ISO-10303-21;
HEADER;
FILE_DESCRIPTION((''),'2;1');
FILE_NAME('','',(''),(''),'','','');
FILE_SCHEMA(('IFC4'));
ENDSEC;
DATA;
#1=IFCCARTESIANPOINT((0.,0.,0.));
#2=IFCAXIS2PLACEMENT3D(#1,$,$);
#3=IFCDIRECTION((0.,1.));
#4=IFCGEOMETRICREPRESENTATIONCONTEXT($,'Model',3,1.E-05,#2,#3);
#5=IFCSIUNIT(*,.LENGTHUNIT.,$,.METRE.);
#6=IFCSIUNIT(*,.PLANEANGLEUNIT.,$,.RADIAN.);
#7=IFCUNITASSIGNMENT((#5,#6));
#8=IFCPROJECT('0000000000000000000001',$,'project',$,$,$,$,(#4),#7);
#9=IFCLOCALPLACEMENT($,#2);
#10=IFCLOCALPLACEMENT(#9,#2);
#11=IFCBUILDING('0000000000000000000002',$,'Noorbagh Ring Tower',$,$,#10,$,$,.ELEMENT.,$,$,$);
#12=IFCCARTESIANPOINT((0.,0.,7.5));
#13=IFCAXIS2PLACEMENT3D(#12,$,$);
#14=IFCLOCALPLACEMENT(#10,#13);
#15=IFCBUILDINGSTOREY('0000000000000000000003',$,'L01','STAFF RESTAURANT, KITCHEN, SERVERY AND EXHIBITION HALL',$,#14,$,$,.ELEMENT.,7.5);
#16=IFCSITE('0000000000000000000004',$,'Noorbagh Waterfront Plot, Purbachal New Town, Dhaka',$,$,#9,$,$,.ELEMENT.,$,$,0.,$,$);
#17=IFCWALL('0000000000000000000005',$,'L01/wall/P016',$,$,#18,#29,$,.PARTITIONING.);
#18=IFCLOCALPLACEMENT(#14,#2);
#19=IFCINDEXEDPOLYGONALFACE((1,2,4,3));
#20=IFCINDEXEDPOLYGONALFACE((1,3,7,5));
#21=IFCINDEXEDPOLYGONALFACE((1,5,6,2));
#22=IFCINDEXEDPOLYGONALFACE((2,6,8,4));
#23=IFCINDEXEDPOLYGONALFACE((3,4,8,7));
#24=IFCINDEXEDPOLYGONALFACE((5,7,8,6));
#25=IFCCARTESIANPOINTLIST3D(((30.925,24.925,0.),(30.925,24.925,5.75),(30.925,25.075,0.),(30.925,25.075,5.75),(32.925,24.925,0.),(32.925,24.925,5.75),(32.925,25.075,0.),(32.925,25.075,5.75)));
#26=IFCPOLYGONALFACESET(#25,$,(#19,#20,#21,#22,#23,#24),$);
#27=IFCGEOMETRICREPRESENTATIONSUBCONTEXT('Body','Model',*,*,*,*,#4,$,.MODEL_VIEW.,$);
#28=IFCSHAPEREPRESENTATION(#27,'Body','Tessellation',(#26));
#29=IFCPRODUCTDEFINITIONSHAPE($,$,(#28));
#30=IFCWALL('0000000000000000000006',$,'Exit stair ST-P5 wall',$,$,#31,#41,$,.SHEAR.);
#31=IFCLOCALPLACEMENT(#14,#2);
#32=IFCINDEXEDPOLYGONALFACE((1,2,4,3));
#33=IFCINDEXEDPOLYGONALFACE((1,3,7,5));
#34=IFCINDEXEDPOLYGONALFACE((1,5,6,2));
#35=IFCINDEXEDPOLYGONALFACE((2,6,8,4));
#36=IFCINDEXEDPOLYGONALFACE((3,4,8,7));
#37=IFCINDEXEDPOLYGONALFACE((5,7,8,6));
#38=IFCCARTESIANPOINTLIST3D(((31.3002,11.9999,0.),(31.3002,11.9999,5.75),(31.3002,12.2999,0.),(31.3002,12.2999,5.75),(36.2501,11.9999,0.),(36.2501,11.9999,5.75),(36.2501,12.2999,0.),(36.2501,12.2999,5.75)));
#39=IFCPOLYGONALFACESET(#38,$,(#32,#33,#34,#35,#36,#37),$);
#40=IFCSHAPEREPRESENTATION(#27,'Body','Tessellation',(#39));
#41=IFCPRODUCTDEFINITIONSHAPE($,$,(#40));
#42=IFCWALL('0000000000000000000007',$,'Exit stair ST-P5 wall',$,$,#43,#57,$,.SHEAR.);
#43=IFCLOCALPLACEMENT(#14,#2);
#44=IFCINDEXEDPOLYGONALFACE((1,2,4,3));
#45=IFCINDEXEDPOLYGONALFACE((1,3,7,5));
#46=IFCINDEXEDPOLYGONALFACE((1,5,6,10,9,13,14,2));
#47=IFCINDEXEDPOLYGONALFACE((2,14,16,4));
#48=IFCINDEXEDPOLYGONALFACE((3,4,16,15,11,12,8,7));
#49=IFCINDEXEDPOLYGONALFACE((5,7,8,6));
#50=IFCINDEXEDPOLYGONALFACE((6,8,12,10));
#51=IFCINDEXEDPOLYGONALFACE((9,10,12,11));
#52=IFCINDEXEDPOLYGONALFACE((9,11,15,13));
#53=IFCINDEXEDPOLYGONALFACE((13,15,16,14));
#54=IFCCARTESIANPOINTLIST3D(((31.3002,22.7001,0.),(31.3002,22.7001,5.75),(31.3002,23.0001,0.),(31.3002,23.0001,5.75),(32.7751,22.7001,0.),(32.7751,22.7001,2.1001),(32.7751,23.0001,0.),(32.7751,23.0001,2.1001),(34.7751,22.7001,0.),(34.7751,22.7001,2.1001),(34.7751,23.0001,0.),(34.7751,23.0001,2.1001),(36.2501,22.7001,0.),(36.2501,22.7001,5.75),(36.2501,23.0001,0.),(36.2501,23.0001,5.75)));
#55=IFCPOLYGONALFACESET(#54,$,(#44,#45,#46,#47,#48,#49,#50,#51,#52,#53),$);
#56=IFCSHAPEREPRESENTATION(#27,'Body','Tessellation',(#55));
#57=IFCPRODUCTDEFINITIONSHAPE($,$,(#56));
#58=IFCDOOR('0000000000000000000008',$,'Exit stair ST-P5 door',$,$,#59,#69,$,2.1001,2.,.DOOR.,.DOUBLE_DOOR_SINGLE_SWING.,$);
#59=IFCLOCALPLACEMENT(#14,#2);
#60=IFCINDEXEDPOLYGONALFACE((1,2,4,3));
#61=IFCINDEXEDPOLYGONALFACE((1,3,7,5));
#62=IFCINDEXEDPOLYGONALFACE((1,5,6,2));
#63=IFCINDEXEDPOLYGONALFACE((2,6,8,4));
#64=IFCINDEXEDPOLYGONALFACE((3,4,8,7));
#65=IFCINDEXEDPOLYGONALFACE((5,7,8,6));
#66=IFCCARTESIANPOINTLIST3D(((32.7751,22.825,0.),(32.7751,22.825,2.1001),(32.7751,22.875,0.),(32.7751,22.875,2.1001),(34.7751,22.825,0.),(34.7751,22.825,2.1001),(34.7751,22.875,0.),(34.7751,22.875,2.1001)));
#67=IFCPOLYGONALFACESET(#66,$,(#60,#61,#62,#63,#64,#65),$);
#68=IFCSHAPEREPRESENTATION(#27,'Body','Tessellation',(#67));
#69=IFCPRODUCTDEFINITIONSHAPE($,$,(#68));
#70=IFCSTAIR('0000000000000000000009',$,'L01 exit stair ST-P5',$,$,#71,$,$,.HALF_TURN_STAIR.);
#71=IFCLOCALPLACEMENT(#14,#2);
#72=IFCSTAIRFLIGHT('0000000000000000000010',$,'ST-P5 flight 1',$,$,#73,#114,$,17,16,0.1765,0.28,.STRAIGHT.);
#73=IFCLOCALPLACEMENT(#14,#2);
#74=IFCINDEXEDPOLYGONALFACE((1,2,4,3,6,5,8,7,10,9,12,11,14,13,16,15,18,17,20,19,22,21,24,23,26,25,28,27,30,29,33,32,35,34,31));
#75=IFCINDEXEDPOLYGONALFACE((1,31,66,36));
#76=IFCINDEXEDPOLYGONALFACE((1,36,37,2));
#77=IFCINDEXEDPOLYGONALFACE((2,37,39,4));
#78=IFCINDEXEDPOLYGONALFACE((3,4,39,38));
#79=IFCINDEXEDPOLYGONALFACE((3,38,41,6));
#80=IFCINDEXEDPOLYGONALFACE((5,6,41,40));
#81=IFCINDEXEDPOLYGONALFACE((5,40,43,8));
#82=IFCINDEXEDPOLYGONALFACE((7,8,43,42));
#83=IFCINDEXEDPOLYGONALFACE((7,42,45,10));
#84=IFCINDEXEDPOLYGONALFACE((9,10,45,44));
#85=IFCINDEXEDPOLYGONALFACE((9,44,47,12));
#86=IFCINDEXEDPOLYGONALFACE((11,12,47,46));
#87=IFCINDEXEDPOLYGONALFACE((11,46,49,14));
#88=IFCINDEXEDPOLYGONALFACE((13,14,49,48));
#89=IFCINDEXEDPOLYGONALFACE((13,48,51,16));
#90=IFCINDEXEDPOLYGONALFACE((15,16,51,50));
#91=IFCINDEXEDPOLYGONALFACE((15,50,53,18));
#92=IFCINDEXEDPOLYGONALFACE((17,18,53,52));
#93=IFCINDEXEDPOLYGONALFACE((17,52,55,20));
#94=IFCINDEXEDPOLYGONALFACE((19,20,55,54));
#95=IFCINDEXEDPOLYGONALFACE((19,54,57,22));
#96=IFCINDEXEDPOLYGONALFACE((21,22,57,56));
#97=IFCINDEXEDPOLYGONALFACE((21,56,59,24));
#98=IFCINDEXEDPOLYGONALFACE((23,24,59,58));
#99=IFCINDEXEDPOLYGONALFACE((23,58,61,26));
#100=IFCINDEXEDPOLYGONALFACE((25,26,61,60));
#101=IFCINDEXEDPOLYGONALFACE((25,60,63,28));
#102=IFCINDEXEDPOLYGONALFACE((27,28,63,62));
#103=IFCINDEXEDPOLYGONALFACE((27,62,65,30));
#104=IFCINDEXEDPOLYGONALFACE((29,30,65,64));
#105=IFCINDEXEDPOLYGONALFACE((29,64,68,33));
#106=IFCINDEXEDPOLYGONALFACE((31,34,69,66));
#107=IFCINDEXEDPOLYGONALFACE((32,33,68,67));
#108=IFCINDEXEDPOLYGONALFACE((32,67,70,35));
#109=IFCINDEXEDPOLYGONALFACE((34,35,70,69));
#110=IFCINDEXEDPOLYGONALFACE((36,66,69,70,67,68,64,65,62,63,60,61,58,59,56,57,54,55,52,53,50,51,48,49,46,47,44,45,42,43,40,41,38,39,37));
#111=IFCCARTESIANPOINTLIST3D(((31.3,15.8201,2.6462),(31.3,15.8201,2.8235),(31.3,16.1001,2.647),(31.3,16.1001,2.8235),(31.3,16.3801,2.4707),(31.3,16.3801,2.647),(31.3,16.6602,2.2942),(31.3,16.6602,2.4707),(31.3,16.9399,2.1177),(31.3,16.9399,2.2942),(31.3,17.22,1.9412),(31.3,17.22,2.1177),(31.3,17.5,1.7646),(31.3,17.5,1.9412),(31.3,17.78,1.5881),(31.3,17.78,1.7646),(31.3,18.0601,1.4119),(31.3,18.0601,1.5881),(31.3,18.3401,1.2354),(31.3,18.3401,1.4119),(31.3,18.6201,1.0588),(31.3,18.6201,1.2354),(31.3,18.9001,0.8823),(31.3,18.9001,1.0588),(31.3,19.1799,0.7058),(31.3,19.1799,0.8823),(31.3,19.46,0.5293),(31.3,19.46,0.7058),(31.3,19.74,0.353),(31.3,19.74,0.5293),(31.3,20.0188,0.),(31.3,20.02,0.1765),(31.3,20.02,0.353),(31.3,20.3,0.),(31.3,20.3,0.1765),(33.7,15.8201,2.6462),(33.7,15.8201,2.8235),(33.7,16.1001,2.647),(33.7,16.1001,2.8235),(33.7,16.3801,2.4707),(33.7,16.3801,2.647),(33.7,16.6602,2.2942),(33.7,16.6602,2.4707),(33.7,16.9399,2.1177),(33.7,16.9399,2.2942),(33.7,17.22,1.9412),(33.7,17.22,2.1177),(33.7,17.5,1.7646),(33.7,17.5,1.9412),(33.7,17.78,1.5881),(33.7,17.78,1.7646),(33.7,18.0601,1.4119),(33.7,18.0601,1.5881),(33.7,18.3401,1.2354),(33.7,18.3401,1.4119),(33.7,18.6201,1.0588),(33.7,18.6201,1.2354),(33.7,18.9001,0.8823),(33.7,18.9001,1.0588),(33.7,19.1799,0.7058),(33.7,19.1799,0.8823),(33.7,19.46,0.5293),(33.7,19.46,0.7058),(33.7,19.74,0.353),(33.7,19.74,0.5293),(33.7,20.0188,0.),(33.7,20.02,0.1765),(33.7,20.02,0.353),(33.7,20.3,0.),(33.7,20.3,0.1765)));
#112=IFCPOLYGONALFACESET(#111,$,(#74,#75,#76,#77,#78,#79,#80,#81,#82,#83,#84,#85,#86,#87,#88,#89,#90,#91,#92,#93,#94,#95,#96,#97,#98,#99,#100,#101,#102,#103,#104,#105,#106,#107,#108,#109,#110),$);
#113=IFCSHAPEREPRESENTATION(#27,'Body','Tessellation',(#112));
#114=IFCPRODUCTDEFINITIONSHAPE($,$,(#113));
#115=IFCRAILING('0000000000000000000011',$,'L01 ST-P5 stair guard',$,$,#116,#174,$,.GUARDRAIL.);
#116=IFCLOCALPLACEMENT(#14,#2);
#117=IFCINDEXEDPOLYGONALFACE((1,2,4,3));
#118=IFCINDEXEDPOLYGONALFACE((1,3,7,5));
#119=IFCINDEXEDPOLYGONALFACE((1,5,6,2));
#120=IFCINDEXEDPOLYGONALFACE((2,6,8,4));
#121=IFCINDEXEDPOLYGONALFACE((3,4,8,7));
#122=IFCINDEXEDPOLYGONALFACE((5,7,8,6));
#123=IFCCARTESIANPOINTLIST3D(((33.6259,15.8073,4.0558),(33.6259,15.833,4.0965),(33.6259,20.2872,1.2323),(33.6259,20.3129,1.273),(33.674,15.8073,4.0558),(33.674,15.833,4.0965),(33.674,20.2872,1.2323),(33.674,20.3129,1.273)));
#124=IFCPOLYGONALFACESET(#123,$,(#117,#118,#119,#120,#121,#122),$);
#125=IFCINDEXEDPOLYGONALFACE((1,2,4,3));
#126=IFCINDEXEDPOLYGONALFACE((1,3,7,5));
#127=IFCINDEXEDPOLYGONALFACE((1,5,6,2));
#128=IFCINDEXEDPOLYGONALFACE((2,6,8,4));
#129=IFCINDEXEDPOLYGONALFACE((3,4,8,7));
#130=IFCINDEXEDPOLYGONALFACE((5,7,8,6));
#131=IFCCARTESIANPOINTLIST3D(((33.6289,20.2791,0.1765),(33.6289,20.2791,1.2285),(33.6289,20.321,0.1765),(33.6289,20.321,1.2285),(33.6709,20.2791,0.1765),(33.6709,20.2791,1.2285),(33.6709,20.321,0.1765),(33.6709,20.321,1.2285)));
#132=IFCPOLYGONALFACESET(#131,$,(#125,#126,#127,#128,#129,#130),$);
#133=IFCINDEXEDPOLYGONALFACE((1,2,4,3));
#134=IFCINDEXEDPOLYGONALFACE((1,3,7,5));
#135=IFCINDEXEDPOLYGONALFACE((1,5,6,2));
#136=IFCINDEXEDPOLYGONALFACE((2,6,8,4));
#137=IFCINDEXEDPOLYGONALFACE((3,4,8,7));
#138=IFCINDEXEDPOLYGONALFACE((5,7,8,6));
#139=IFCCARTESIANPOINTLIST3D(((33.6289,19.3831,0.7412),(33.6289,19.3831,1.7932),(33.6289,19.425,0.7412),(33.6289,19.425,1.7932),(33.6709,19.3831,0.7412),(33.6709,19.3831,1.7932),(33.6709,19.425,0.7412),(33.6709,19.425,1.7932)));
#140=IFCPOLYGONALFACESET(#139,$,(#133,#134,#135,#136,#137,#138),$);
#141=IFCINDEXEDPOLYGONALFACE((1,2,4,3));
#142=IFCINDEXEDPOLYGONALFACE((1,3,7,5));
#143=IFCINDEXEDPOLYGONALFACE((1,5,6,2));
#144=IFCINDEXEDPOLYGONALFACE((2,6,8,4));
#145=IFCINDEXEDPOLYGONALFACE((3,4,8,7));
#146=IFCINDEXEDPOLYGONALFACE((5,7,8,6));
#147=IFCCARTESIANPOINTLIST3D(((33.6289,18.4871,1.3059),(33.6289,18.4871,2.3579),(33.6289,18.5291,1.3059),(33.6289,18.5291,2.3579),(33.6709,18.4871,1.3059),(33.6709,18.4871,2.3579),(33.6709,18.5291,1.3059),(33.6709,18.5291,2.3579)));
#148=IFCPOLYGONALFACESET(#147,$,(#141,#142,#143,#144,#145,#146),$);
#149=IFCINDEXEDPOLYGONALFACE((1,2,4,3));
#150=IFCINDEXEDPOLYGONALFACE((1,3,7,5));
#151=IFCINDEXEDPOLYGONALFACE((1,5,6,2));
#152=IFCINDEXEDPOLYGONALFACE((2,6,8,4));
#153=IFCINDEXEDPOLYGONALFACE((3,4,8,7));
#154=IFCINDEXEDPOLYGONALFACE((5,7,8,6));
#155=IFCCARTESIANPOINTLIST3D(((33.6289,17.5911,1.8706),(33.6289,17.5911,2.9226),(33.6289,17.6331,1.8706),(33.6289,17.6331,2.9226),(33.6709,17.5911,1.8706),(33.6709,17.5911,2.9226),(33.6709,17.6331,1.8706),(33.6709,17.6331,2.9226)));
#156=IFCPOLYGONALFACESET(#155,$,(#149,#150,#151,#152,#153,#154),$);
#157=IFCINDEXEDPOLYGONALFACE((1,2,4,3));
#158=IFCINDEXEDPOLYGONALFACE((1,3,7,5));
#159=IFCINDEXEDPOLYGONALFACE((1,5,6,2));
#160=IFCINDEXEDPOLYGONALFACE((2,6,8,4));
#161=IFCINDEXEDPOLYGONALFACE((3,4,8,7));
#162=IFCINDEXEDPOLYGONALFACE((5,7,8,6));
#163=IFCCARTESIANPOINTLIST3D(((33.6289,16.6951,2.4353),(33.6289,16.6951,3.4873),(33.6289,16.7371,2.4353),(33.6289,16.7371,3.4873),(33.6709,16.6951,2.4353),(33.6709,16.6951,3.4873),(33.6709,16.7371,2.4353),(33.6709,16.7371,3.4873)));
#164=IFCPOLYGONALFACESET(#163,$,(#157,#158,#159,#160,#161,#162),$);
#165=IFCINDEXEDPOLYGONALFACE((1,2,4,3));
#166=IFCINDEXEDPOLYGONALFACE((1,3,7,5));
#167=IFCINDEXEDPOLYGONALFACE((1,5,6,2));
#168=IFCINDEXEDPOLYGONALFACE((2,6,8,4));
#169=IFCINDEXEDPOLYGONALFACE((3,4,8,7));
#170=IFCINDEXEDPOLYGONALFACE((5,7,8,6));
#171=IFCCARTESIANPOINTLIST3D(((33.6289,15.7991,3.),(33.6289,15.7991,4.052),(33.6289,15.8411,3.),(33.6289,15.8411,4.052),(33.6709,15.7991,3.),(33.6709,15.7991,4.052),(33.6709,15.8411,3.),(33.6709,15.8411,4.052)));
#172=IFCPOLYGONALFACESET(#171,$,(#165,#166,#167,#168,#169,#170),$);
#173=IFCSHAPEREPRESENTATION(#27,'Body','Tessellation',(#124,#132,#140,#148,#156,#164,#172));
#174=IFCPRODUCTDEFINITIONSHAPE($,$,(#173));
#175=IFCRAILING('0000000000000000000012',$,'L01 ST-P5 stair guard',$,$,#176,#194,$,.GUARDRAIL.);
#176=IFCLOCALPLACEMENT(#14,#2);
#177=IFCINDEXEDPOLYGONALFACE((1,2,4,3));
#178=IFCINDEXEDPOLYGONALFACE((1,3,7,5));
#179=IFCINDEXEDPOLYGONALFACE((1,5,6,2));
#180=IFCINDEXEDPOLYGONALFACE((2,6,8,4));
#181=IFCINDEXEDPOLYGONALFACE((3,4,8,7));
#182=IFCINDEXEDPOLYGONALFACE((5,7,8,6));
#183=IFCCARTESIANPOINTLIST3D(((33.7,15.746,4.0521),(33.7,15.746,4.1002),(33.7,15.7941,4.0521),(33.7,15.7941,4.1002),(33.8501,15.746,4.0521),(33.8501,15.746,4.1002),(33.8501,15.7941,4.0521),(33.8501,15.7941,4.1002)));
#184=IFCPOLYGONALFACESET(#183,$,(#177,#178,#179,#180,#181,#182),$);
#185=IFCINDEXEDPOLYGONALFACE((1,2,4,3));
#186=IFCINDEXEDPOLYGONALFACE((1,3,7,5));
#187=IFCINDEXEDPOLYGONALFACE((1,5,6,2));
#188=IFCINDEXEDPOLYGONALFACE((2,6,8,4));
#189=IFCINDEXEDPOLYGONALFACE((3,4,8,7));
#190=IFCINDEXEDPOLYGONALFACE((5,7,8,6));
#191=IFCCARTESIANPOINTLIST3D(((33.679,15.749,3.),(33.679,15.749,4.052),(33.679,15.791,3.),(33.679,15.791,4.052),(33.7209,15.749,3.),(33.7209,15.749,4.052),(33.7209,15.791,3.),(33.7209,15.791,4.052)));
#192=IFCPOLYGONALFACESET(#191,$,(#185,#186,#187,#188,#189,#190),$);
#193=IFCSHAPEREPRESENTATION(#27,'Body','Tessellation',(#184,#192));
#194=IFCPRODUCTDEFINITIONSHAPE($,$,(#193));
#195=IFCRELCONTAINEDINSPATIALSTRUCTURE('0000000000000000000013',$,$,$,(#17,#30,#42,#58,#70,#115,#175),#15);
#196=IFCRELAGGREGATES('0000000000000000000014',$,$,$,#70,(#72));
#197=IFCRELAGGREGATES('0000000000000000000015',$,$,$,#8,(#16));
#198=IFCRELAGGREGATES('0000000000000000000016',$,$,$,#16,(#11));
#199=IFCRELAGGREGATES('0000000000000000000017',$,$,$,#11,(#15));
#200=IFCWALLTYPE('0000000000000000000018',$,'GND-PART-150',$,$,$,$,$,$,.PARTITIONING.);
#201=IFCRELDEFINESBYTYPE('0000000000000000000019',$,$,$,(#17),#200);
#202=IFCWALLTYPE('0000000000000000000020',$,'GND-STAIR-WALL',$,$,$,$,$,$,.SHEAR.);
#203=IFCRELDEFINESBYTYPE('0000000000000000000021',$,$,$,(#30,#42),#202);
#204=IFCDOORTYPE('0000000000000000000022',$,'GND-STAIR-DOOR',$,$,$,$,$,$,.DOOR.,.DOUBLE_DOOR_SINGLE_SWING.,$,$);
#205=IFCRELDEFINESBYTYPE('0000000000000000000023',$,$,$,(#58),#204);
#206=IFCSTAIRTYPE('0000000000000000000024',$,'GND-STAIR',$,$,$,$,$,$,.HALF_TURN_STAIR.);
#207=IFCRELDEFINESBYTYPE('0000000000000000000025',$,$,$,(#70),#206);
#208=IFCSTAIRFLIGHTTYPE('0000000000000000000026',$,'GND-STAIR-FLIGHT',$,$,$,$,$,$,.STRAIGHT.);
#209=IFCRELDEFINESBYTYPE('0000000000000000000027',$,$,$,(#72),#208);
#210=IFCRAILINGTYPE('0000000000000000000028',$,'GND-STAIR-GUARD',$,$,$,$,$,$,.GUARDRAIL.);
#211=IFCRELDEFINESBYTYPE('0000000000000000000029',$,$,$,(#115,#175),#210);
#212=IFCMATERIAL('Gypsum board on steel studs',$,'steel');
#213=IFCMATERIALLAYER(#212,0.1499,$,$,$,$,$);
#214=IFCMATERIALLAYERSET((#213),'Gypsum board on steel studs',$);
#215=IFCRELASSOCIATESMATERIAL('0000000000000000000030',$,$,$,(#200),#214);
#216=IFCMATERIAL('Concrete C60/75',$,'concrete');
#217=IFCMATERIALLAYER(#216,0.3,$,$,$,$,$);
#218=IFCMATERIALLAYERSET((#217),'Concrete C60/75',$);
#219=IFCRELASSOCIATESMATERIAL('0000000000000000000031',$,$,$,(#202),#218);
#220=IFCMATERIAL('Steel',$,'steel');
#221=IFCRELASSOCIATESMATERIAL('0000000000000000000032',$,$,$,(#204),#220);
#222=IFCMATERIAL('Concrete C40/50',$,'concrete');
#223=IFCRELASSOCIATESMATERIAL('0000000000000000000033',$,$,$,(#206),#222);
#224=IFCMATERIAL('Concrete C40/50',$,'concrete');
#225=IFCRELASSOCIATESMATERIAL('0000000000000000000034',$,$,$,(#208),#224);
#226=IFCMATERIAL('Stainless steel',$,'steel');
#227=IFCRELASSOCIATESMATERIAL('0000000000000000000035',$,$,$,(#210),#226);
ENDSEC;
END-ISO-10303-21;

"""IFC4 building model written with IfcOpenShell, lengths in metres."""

from ifc_helpers import new_model, si_unit, direction, frame, frame_2d, origin, origin_2d, place, context, subcontext, project, spatial, polyline, rectangle, outline, extrude, material, layer, layer_set, type_object, element, fill, aggregate, save


model = new_model("IFC4")

# Units and contexts
model_context = context("Model", 3, precision=1e-05, world=origin(), true_north=direction((0.0, 1.0)))
body_context = subcontext(model_context, "Body", "Model", "MODEL_VIEW")
ifc_project = project(units=[si_unit("LENGTHUNIT", "METRE"), si_unit("PLANEANGLEUNIT", "RADIAN")], contexts=[model_context])

# Site, building, storey
site_placement = place(None, origin())
site = spatial("IfcSite", under=ifc_project, at=site_placement, Name="Noorbagh Waterfront Plot, Purbachal New Town, Dhaka", CompositionType="ELEMENT", RefElevation=0.0)
building_placement = place(site_placement, origin())
building = spatial("IfcBuilding", under=site, at=building_placement, Name="Noorbagh Ring Tower", CompositionType="ELEMENT")
storey_placement = place(building_placement, frame((0.0, 0.0, 7.5)))
storey = spatial("IfcBuildingStorey", under=building, at=storey_placement, Name="L01", Description="STAFF RESTAURANT, KITCHEN, SERVERY AND EXHIBITION HALL", CompositionType="ELEMENT", Elevation=7.5)

# Shared definitions
ifc_material_1 = material(Name="Gypsum board on steel studs", Category="steel")
ifc_layer_1 = layer(ifc_material_1, 0.1499)
ifc_layer_set_1 = layer_set([ifc_layer_1], Name="Gypsum board on steel studs")
wall_type_1 = type_object("IfcWallType", Name="GND-PART-150", PredefinedType="PARTITIONING", material=ifc_layer_set_1)

# Walls
wall_1_placement = place(storey_placement, frame((32.925, 25.0, 0.0), z_axis=(0.0, 0.0, 1.0), x_axis=(-1.0, 0.0, 0.0)))
element("IfcWall", 1, at=wall_1_placement, inside=storey, type_object=wall_type_1, Name="L01/wall/P016", PredefinedType="PARTITIONING", context=body_context, shape_type="SweptSolid", body=[
    extrude(rectangle(XDim=2.0, YDim=0.1499, at=frame_2d((1.0, 0.0))), origin(), (0.0, 0.0, 1.0), 5.75),
])
ifc_material_2 = material(Name="Concrete C60/75", Category="concrete")
ifc_layer_2 = layer(ifc_material_2, 0.3)
ifc_layer_set_2 = layer_set([ifc_layer_2], Name="Concrete C60/75")
wall_type_2 = type_object("IfcWallType", Name="GND-STAIR-WALL", PredefinedType="SHEAR", material=ifc_layer_set_2)
wall_2_placement = place(storey_placement, frame((31.3, 12.1499, 0.0), z_axis=(0.0, 0.0, 1.0), x_axis=(1.0, 0.0, 0.0)))
element("IfcWall", 2, at=wall_2_placement, inside=storey, type_object=wall_type_2, Name="Exit stair ST-P5 wall", PredefinedType="SHEAR", context=body_context, shape_type="SweptSolid", body=[
    extrude(rectangle(XDim=4.95, YDim=0.3, at=frame_2d((2.4751, 0.0))), origin(), (0.0, 0.0, 1.0), 5.75),
])

# Wall, opening, door
wall_3_placement = place(storey_placement, frame((31.3, 22.8501, 0.0), z_axis=(0.0, 0.0, 1.0), x_axis=(1.0, 0.0, 0.0)))
wall_3 = element("IfcWall", 3, at=wall_3_placement, inside=storey, type_object=wall_type_2, Name="Exit stair ST-P5 wall", PredefinedType="SHEAR", context=body_context, shape_type="SweptSolid", body=[
    extrude(rectangle(XDim=4.95, YDim=0.3, at=frame_2d((2.4751, 0.0))), origin(), (0.0, 0.0, 1.0), 5.75),
])
opening_1_placement = place(wall_3_placement, frame((1.4751, 0.0, 0.0)))
opening_1 = element("IfcOpeningElement", 4, at=opening_1_placement, cuts=wall_3, PredefinedType="OPENING", context=body_context, shape_type="SweptSolid", body=[
    extrude(rectangle(XDim=2.0, YDim=2.1001, at=frame_2d((1.0, 1.05))), frame((0.0, 0.1602, 0.0), z_axis=(0.0, -1.0, 0.0), x_axis=(1.0, 0.0, 0.0)), (0.0, 0.0, 1.0), 0.3201),
])
ifc_material_3 = material(Name="Steel", Category="steel")
door_type_1 = type_object("IfcDoorType", Name="GND-STAIR-DOOR", OperationType="DOUBLE_DOOR_SINGLE_SWING", PredefinedType="DOOR", material=ifc_material_3)
door_1_placement = place(opening_1_placement, origin())
door_1 = element("IfcDoor", 5, at=door_1_placement, inside=storey, type_object=door_type_1, Name="Exit stair ST-P5 door", OperationType="DOUBLE_DOOR_SINGLE_SWING", OverallHeight=2.1001, OverallWidth=2.0, PredefinedType="DOOR", context=body_context, shape_type="SweptSolid", body=[
    extrude(rectangle(XDim=2.0, YDim=2.1001, at=frame_2d((1.0, 1.05))), frame((0.0, 0.0249, 0.0), z_axis=(0.0, -1.0, 0.0), x_axis=(1.0, 0.0, 0.0)), (0.0, 0.0, 1.0), 0.05),
])
fill(opening_1, door_1)

# Stair, stair flight
ifc_material_4 = material(Name="Concrete C40/50", Category="concrete")
stair_type = type_object("IfcStairType", Name="GND-STAIR", PredefinedType="HALF_TURN_STAIR", material=ifc_material_4)
stair_placement = place(storey_placement, origin())
stair = element("IfcStair", 6, at=stair_placement, inside=storey, type_object=stair_type, Name="L01 exit stair ST-P5", PredefinedType="HALF_TURN_STAIR")
ifc_material_5 = material(Name="Concrete C40/50", Category="concrete")
stair_flight_type = type_object("IfcStairFlightType", Name="GND-STAIR-FLIGHT", PredefinedType="STRAIGHT", material=ifc_material_5)
stair_flight_placement = place(storey_placement, frame((32.5, 20.3, 0.0), z_axis=(0.0, 0.0, 1.0), x_axis=(0.0, -1.0, 0.0)))
stair_flight = element("IfcStairFlight", 7, at=stair_flight_placement, type_object=stair_flight_type, Name="ST-P5 flight 1", NumberOfRisers=17, NumberOfTreads=16, PredefinedType="STRAIGHT", RiserHeight=0.1765, TreadLength=0.28, context=body_context, shape_type="SweptSolid", body=[
    extrude(outline(polyline([(0.0, 0.0), (0.0, 0.1765), (0.28, 0.1765), (0.28, 0.353), (0.5601, 0.353), (0.5601, 0.5293), (0.8401, 0.5293), (0.8401, 0.7058), (1.1201, 0.7058), (1.1201, 0.8823), (1.3999, 0.8823), (1.3999, 1.0588), (1.6799, 1.0588), (1.6799, 1.2354), (1.96, 1.2354), (1.96, 1.4119), (2.24, 1.4119), (2.24, 1.5881), (2.52, 1.5881), (2.52, 1.7646), (2.8, 1.7646), (2.8, 1.9412), (3.0801, 1.9412), (3.0801, 2.1177), (3.3601, 2.1177), (3.3601, 2.2942), (3.6399, 2.2942), (3.6399, 2.4707), (3.9199, 2.4707), (3.9199, 2.647), (4.2, 2.647), (4.2, 2.8235), (4.48, 2.8235), (4.48, 3.0), (4.48, 2.6462), (0.2812, 0.0), (0.0, 0.0)])), frame((0.0, 1.2, 0.0), z_axis=(0.0, -1.0, 0.0), x_axis=(1.0, 0.0, 0.0)), (0.0, 0.0, 1.0), 2.3999),
])
aggregate(stair, [stair_flight])

# Railings
ifc_material_6 = material(Name="Stainless steel", Category="steel")
railing_type_1 = type_object("IfcRailingType", Name="GND-STAIR-GUARD", PredefinedType="GUARDRAIL", material=ifc_material_6)
railing_1_placement = place(storey_placement, frame((33.6499, 20.3, 0.1765)))
element("IfcRailing", 8, at=railing_1_placement, inside=storey, type_object=railing_type_1, Name="L01 ST-P5 stair guard", PredefinedType="GUARDRAIL", context=body_context, shape_type="SweptSolid", body=[
    extrude(rectangle(XDim=0.0481, YDim=0.0481, at=origin_2d()), frame((0.0, 0.0, 1.0762), z_axis=(0.0, -0.845998, 0.533186), x_axis=(1.0, 0.0, 0.0)), (0.0, 0.0, 1.0), 5.2954),
    extrude(rectangle(XDim=0.042, YDim=0.042, at=origin_2d()), origin(), (0.0, 0.0, 1.0), 1.052),
    extrude(rectangle(XDim=0.042, YDim=0.042, at=origin_2d()), frame((0.0, -0.896, 0.5647)), (0.0, 0.0, 1.0), 1.052),
    extrude(rectangle(XDim=0.042, YDim=0.042, at=origin_2d()), frame((0.0, -1.792, 1.1294)), (0.0, 0.0, 1.0), 1.052),
    extrude(rectangle(XDim=0.042, YDim=0.042, at=origin_2d()), frame((0.0, -2.688, 1.6941)), (0.0, 0.0, 1.0), 1.052),
    extrude(rectangle(XDim=0.042, YDim=0.042, at=origin_2d()), frame((0.0, -3.584, 2.2588)), (0.0, 0.0, 1.0), 1.052),
    extrude(rectangle(XDim=0.042, YDim=0.042, at=origin_2d()), frame((0.0, -4.48, 2.8235)), (0.0, 0.0, 1.0), 1.052),
])
for number, where, name in (
    (9, (33.7, 15.77, 3.0), "L01 ST-P5 stair guard"),
):
    element("IfcRailing", number, at=place(storey_placement, frame(where)), inside=storey, type_object=railing_type_1, Name=name, PredefinedType="GUARDRAIL", context=body_context, shape_type="SweptSolid", body=[
        extrude(rectangle(XDim=0.0481, YDim=0.0481, at=origin_2d()), frame((0.0, 0.0, 1.0762), z_axis=(1.0, 0.0, 0.0), x_axis=(0.0, 1.0, 0.0)), (0.0, 0.0, 1.0), 0.1501),
        extrude(rectangle(XDim=0.042, YDim=0.042, at=origin_2d()), origin(), (0.0, 0.0, 1.0), 1.052),
    ])

save(model, "model.ifc")
